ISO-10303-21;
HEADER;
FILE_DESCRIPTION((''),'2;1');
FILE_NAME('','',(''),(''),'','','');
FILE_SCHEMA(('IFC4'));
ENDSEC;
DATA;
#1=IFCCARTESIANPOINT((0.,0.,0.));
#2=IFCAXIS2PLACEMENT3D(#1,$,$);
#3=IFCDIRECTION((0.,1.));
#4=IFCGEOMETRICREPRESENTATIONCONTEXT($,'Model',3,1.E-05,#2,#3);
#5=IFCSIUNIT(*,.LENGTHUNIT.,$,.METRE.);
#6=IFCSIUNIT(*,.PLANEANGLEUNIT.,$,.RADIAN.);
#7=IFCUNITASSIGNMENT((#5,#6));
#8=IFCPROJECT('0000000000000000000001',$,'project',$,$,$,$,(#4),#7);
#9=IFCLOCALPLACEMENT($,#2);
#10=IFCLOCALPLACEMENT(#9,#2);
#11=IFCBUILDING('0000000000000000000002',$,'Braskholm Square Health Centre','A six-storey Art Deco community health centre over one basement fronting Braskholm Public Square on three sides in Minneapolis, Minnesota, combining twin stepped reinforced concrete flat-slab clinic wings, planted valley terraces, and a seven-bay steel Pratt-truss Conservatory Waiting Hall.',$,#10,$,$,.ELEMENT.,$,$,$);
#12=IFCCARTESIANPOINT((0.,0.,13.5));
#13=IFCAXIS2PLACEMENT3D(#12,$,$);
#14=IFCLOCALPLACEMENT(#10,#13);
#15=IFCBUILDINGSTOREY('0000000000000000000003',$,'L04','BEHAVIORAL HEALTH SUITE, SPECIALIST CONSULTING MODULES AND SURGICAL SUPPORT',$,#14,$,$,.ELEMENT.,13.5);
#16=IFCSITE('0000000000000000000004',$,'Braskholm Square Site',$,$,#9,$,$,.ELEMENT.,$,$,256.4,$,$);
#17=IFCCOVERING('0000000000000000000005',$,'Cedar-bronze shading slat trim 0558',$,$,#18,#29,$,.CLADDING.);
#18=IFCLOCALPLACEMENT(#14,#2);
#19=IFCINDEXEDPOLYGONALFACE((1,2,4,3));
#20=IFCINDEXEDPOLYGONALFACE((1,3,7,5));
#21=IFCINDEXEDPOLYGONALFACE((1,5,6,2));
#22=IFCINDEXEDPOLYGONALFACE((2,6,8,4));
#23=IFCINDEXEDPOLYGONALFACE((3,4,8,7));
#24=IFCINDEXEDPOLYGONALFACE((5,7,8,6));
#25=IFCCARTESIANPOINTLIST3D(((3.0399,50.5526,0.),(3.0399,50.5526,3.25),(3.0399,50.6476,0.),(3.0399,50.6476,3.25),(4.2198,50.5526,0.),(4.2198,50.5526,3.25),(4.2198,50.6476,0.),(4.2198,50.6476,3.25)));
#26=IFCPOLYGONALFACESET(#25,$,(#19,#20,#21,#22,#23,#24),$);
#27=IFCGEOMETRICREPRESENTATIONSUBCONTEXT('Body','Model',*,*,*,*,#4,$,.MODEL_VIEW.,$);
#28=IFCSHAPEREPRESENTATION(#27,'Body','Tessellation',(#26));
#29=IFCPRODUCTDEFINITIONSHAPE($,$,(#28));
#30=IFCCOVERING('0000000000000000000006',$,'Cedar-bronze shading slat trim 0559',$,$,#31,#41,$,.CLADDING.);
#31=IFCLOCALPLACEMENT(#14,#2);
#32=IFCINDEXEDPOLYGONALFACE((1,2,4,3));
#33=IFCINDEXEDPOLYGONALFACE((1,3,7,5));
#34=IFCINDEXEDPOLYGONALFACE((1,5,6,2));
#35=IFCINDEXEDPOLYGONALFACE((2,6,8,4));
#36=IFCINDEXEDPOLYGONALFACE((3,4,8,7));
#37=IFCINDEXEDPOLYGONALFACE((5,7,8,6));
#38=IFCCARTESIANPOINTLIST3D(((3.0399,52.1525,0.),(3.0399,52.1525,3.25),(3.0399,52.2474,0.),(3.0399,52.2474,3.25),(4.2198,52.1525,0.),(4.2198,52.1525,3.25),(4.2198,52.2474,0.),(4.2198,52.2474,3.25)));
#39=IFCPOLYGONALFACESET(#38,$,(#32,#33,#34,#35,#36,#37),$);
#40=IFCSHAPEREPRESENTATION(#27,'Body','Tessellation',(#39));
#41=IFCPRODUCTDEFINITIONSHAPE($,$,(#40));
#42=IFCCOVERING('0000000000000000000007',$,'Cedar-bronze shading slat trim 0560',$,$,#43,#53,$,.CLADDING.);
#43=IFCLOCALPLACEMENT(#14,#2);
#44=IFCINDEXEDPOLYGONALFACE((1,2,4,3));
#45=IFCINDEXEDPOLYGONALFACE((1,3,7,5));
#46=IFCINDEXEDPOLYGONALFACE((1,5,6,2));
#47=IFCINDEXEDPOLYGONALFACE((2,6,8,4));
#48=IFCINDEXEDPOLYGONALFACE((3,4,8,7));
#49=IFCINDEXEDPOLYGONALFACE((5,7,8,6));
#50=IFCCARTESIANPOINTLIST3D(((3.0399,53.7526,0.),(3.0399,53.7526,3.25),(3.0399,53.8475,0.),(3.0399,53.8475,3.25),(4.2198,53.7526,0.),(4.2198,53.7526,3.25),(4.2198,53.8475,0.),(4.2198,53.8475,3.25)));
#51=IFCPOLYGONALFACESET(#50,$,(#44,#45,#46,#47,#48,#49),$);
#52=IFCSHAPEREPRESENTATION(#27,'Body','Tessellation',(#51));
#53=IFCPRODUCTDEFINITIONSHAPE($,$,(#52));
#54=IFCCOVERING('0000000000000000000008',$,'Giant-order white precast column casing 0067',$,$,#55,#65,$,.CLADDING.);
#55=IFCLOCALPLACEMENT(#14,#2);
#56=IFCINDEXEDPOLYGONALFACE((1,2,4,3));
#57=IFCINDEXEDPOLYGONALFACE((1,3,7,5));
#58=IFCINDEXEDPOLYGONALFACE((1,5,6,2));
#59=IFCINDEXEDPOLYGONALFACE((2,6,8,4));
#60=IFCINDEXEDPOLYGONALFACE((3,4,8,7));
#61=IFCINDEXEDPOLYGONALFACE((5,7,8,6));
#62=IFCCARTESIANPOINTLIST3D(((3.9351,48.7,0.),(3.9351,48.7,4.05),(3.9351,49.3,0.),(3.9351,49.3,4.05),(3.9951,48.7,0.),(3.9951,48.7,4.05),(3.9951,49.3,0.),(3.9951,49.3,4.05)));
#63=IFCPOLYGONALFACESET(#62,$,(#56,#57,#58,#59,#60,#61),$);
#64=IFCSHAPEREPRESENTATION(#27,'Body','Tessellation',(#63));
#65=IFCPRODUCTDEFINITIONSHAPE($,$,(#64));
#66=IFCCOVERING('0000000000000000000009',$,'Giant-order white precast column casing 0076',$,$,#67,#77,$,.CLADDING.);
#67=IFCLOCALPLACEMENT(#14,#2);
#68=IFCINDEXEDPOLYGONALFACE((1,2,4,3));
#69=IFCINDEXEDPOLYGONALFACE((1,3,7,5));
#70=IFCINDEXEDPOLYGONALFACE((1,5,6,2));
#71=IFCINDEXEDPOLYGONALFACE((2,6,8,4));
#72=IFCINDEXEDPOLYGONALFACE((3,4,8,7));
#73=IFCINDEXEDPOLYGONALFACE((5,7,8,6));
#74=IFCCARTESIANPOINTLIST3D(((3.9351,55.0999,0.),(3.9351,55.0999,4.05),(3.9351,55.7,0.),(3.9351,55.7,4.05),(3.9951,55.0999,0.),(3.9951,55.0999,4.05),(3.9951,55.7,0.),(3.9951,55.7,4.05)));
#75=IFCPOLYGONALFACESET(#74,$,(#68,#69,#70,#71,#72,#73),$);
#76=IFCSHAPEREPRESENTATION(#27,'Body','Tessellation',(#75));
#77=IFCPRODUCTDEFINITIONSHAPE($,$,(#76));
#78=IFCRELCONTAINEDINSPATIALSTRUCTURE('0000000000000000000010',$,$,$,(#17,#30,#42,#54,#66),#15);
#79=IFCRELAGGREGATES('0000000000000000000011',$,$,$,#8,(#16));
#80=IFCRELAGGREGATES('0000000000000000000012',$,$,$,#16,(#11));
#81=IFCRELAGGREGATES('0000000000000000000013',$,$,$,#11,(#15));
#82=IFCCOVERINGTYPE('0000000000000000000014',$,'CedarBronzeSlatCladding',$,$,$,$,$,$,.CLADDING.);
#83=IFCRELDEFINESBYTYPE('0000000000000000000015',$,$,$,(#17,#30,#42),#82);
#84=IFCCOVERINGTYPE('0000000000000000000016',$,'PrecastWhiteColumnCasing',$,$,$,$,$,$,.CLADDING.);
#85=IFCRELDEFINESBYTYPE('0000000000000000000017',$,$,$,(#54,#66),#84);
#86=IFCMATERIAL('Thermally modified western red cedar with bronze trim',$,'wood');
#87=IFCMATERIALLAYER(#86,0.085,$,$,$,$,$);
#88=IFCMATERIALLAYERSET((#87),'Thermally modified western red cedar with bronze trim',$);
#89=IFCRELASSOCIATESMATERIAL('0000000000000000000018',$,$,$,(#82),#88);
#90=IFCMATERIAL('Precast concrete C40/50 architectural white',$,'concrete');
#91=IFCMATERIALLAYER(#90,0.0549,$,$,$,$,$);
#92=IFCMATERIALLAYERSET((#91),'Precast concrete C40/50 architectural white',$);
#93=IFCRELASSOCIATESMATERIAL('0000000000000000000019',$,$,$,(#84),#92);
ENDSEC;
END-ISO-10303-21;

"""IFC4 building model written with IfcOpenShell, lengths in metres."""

from ifc_helpers import new_model, si_unit, direction, frame, origin, origin_2d, place, context, subcontext, project, spatial, rectangle, extrude, material, layer, layer_set, type_object, element, save


model = new_model("IFC4")

# Units and contexts
model_context = context("Model", 3, precision=1e-05, world=origin(), true_north=direction((0.0, 1.0)))
body_context = subcontext(model_context, "Body", "Model", "MODEL_VIEW")
ifc_project = project(units=[si_unit("LENGTHUNIT", "METRE"), si_unit("PLANEANGLEUNIT", "RADIAN")], contexts=[model_context])

# Site, building, storey
site_placement = place(None, origin())
site = spatial("IfcSite", under=ifc_project, at=site_placement, Name="Braskholm Square Site", CompositionType="ELEMENT", RefElevation=256.4)
building_placement = place(site_placement, origin())
building = spatial("IfcBuilding", under=site, at=building_placement, Name="Braskholm Square Health Centre", Description="A six-storey Art Deco community health centre over one basement fronting Braskholm Public Square on three sides in Minneapolis, Minnesota, combining twin stepped reinforced concrete flat-slab clinic wings, planted valley terraces, and a seven-bay steel Pratt-truss Conservatory Waiting Hall.", CompositionType="ELEMENT")
storey_placement = place(building_placement, frame((0.0, 0.0, 13.5)))
storey = spatial("IfcBuildingStorey", under=building, at=storey_placement, Name="L04", Description="BEHAVIORAL HEALTH SUITE, SPECIALIST CONSULTING MODULES AND SURGICAL SUPPORT", CompositionType="ELEMENT", Elevation=13.5)

# Shared definitions
ifc_material_1 = material(Name="Precast concrete C40/50 architectural white", Category="concrete")

# Shared definitions
ifc_material_2 = material(Name="Thermally modified western red cedar with bronze trim", Category="wood")

# Coverings
ifc_layer_1 = layer(ifc_material_2, 0.085)
ifc_layer_set_1 = layer_set([ifc_layer_1], Name="Thermally modified western red cedar with bronze trim")
covering_type_1 = type_object("IfcCoveringType", Name="CedarBronzeSlatCladding", PredefinedType="CLADDING", material=ifc_layer_set_1)
for number, where, z_axis, x_axis, name in (
    (1, (3.6299, 50.6001, 0.0), (0.0, 0.0, 1.0), (1.0, 0.0, 0.0), "Cedar-bronze shading slat trim 0558"),
    (2, (3.6299, 52.2, 0.0), (0.0, 0.0, 1.0), (1.0, 0.0, 0.0), "Cedar-bronze shading slat trim 0559"),
    (3, (3.6299, 53.8, 0.0), (0.0, 0.0, 1.0), (1.0, 0.0, 0.0), "Cedar-bronze shading slat trim 0560"),
):
    element("IfcCovering", number, at=place(storey_placement, frame(where, z_axis=z_axis, x_axis=x_axis)), inside=storey, type_object=covering_type_1, Name=name, PredefinedType="CLADDING", context=body_context, shape_type="SweptSolid", body=[
        extrude(rectangle(XDim=1.1799, YDim=0.095, at=origin_2d()), origin(), (0.0, 0.0, 1.0), 3.25),
    ])
ifc_layer_2 = layer(ifc_material_1, 0.0549)
ifc_layer_set_2 = layer_set([ifc_layer_2], Name="Precast concrete C40/50 architectural white")
covering_type_2 = type_object("IfcCoveringType", Name="PrecastWhiteColumnCasing", PredefinedType="CLADDING", material=ifc_layer_set_2)
for number, where, z_axis, x_axis, name in (
    (4, (3.9651, 49.0, 0.0), (0.0, 0.0, 1.0), (1.0, 0.0, 0.0), "Giant-order white precast column casing 0067"),
    (5, (3.9651, 55.3999, 0.0), (0.0, 0.0, 1.0), (1.0, 0.0, 0.0), "Giant-order white precast column casing 0076"),
):
    element("IfcCovering", number, at=place(storey_placement, frame(where, z_axis=z_axis, x_axis=x_axis)), inside=storey, type_object=covering_type_2, Name=name, PredefinedType="CLADDING", context=body_context, shape_type="SweptSolid", body=[
        extrude(rectangle(XDim=0.0601, YDim=0.6001, at=origin_2d()), origin(), (0.0, 0.0, 1.0), 4.05),
    ])

save(model, "model.ifc")
